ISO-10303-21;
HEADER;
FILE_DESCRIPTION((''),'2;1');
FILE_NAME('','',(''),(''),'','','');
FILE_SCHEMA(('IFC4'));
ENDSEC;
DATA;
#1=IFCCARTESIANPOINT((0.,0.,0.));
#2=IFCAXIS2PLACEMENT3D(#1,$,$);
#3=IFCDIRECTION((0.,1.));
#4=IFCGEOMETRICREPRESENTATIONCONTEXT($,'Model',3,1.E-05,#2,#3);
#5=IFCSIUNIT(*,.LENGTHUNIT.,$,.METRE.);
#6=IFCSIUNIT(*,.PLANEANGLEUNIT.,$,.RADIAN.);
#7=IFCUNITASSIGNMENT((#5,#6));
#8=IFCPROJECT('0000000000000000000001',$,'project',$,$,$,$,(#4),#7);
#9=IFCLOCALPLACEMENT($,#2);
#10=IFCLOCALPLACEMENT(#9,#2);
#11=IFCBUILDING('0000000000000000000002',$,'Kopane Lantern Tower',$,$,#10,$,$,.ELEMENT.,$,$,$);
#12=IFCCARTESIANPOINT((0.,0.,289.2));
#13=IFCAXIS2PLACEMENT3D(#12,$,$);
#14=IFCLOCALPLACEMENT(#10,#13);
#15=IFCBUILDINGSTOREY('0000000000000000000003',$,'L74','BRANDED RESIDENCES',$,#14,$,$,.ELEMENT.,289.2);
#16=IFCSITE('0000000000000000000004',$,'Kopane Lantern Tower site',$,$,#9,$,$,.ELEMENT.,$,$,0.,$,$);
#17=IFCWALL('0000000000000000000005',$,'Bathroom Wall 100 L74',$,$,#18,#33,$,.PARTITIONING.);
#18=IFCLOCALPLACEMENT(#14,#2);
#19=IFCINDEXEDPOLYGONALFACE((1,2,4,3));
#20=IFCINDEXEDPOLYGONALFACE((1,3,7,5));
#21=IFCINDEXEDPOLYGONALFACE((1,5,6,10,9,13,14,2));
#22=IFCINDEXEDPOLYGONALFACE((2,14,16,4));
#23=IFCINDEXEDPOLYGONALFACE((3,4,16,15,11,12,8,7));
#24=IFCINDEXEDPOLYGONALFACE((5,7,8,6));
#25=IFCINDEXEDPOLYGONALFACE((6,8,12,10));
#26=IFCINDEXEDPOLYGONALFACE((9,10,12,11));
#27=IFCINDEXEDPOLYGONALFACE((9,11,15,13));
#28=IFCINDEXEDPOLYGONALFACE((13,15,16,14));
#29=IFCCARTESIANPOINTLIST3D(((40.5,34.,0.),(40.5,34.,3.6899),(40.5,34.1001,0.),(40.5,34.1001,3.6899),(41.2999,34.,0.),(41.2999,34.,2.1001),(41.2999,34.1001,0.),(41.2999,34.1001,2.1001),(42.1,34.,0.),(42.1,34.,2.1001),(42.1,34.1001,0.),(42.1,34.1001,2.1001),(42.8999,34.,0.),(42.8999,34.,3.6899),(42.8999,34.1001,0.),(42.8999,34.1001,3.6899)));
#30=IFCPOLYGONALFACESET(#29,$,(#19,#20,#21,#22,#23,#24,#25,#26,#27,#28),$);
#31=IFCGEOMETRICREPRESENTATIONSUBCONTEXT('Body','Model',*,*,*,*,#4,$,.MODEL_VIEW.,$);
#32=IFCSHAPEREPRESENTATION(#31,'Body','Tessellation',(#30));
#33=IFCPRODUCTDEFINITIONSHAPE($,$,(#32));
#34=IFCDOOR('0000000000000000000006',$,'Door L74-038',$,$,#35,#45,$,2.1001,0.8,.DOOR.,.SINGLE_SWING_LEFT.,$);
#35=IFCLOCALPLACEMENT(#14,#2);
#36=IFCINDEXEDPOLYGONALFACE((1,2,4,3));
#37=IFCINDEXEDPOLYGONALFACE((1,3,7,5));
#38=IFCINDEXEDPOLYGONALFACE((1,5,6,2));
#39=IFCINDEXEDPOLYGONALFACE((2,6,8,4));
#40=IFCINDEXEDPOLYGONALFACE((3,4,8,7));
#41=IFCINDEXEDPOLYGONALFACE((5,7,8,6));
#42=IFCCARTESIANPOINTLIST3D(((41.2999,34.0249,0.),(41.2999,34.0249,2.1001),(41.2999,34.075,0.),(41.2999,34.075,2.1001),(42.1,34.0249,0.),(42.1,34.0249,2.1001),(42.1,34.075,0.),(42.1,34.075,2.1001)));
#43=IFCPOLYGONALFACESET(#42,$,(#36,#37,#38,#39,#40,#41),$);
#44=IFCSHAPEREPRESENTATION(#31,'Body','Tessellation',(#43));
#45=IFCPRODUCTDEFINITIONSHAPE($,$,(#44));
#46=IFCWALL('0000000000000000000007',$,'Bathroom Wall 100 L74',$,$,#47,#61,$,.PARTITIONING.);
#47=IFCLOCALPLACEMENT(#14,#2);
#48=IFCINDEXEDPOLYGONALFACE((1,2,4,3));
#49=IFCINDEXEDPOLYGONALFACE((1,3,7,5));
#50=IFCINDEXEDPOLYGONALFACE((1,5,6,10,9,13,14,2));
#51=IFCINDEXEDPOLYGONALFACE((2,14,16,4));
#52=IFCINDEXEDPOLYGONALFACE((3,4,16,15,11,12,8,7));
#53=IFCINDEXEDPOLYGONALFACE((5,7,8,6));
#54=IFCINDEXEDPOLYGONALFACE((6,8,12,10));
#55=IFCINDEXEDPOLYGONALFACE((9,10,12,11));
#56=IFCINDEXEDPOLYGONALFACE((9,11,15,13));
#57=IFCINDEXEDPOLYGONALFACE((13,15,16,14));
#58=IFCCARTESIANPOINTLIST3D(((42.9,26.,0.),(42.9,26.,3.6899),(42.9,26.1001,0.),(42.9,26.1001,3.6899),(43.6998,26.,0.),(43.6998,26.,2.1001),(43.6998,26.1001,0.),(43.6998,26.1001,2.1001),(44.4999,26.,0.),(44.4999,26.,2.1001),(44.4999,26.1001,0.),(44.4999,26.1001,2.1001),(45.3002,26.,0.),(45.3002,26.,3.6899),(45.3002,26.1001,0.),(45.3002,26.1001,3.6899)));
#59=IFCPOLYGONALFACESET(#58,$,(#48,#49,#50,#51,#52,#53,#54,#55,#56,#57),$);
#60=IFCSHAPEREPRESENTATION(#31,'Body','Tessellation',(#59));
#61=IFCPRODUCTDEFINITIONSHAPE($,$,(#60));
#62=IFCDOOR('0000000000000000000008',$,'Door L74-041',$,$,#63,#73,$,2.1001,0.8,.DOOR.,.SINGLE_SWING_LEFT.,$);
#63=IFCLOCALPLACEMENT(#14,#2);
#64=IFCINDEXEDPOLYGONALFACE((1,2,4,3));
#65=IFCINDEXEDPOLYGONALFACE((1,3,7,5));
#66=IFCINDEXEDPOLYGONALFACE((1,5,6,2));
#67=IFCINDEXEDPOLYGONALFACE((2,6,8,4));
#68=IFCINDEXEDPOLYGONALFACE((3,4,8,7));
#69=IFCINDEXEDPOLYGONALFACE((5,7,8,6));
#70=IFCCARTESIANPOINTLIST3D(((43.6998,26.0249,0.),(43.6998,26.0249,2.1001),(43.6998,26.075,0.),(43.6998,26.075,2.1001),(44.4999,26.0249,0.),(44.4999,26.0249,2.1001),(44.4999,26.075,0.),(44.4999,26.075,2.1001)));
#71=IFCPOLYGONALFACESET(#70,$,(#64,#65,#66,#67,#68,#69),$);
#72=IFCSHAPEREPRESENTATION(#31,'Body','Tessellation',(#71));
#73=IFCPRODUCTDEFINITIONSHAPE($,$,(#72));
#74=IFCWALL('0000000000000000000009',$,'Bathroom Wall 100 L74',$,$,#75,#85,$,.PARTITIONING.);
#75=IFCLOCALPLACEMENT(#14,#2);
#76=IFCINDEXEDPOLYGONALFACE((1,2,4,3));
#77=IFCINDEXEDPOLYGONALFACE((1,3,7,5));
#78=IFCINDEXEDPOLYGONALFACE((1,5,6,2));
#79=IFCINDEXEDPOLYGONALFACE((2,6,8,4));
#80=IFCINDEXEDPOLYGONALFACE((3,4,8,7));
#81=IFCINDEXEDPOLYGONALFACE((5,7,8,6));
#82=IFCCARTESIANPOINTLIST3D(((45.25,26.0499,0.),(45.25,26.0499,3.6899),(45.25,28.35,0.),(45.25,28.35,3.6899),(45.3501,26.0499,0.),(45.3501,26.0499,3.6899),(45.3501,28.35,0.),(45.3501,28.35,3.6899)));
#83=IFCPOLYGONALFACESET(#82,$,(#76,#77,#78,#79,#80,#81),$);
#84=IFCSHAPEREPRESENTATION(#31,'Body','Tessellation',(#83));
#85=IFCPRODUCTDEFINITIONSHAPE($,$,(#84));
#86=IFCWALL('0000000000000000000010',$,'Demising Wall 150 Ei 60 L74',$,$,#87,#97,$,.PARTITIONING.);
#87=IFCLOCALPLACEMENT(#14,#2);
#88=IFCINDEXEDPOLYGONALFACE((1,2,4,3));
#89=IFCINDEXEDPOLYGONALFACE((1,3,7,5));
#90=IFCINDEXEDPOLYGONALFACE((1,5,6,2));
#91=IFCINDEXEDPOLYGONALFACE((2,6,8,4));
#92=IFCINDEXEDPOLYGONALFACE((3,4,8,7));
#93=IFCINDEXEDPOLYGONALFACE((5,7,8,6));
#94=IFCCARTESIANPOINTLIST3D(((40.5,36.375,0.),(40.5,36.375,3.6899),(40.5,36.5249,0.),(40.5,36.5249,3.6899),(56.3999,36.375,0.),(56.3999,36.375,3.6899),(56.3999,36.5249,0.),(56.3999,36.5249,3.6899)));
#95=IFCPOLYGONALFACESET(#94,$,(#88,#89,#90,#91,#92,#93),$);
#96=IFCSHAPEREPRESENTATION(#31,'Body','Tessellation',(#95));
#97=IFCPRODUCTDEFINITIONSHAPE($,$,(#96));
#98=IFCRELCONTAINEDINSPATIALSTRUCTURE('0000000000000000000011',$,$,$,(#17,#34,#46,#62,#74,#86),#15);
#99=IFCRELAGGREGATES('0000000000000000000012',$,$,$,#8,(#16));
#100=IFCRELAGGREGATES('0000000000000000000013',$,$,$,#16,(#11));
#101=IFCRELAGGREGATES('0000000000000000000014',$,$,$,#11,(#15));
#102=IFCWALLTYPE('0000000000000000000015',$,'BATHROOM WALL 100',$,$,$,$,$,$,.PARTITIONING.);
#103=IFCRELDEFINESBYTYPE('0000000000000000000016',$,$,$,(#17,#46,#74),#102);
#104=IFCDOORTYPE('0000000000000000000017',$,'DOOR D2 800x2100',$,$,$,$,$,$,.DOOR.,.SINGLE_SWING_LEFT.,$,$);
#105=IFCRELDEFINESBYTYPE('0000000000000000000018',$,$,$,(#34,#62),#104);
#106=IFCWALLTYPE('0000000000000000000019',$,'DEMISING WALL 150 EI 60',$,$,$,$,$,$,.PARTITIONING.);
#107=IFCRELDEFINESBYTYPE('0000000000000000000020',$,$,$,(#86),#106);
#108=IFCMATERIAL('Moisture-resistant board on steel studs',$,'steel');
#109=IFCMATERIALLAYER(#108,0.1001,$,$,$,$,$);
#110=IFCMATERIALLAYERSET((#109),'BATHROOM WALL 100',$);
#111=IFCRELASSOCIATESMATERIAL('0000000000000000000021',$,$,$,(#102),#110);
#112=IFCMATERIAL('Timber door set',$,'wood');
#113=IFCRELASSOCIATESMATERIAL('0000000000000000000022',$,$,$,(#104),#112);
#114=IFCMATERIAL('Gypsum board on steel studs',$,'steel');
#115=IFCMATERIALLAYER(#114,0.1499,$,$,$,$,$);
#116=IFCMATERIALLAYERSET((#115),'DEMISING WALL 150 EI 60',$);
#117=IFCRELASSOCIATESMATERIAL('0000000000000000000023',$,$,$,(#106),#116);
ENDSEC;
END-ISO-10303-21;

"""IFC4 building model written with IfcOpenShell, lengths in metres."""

from ifc_helpers import new_model, si_unit, direction, frame, frame_2d, origin, place, context, subcontext, project, spatial, rectangle, extrude, material, layer, layer_set, type_object, element, fill, save


model = new_model("IFC4")

# Units and contexts
model_context = context("Model", 3, precision=1e-05, world=origin(), true_north=direction((0.0, 1.0)))
body_context = subcontext(model_context, "Body", "Model", "MODEL_VIEW")
ifc_project = project(units=[si_unit("LENGTHUNIT", "METRE"), si_unit("PLANEANGLEUNIT", "RADIAN")], contexts=[model_context])

# Site, building, storey
site_placement = place(None, origin())
site = spatial("IfcSite", under=ifc_project, at=site_placement, Name="Kopane Lantern Tower site", CompositionType="ELEMENT", RefElevation=0.0)
building_placement = place(site_placement, origin())
building = spatial("IfcBuilding", under=site, at=building_placement, Name="Kopane Lantern Tower", CompositionType="ELEMENT")
storey_placement = place(building_placement, frame((0.0, 0.0, 289.2)))
storey = spatial("IfcBuildingStorey", under=building, at=storey_placement, Name="L74", Description="BRANDED RESIDENCES", CompositionType="ELEMENT", Elevation=289.2)

# Walls, openings, doors
ifc_material_1 = material(Name="Moisture-resistant board on steel studs", Category="steel")
ifc_layer_1 = layer(ifc_material_1, 0.1001)
ifc_layer_set_1 = layer_set([ifc_layer_1], Name="BATHROOM WALL 100")
wall_type_1 = type_object("IfcWallType", Name="BATHROOM WALL 100", PredefinedType="PARTITIONING", material=ifc_layer_set_1)
wall_1_placement = place(storey_placement, frame((40.5, 34.05, 0.0), z_axis=(0.0, 0.0, 1.0), x_axis=(1.0, 0.0, 0.0)))
wall_1 = element("IfcWall", 1, at=wall_1_placement, inside=storey, type_object=wall_type_1, Name="Bathroom Wall 100 L74", PredefinedType="PARTITIONING", context=body_context, shape_type="SweptSolid", body=[
    extrude(rectangle(XDim=2.3999, YDim=0.1001, at=frame_2d((1.2, 0.0))), origin(), (0.0, 0.0, 1.0), 3.6899),
])
opening_1_placement = place(wall_1_placement, frame((0.8, 0.0, 0.0)))
opening_1 = element("IfcOpeningElement", 2, at=opening_1_placement, cuts=wall_1, PredefinedType="OPENING", context=body_context, shape_type="SweptSolid", body=[
    extrude(rectangle(XDim=0.8, YDim=2.1001, at=frame_2d((0.3999, 1.05))), frame((0.0, 0.0601, 0.0), z_axis=(0.0, -1.0, 0.0), x_axis=(1.0, 0.0, 0.0)), (0.0, 0.0, 1.0), 0.1201),
])
ifc_material_2 = material(Name="Timber door set", Category="wood")
door_type = type_object("IfcDoorType", Name="DOOR D2 800x2100", OperationType="SINGLE_SWING_LEFT", PredefinedType="DOOR", material=ifc_material_2)
door_1_placement = place(opening_1_placement, origin())
door_1 = element("IfcDoor", 3, at=door_1_placement, inside=storey, type_object=door_type, Name="Door L74-038", OperationType="SINGLE_SWING_LEFT", OverallHeight=2.1001, OverallWidth=0.8, PredefinedType="DOOR", context=body_context, shape_type="SweptSolid", body=[
    extrude(rectangle(XDim=0.8, YDim=2.1001, at=frame_2d((0.3999, 1.05))), frame((0.0, 0.0249, 0.0), z_axis=(0.0, -1.0, 0.0), x_axis=(1.0, 0.0, 0.0)), (0.0, 0.0, 1.0), 0.05),
])
fill(opening_1, door_1)
wall_2_placement = place(storey_placement, frame((42.8999, 26.05, 0.0), z_axis=(0.0, 0.0, 1.0), x_axis=(1.0, 0.0, 0.0)))
wall_2 = element("IfcWall", 4, at=wall_2_placement, inside=storey, type_object=wall_type_1, Name="Bathroom Wall 100 L74", PredefinedType="PARTITIONING", context=body_context, shape_type="SweptSolid", body=[
    extrude(rectangle(XDim=2.4001, YDim=0.1001, at=frame_2d((1.2002, 0.0))), origin(), (0.0, 0.0, 1.0), 3.6899),
])
opening_2_placement = place(wall_2_placement, frame((0.8, 0.0, 0.0)))
opening_2 = element("IfcOpeningElement", 5, at=opening_2_placement, cuts=wall_2, PredefinedType="OPENING", context=body_context, shape_type="SweptSolid", body=[
    extrude(rectangle(XDim=0.8, YDim=2.1001, at=frame_2d((0.3999, 1.05))), frame((0.0, 0.0601, 0.0), z_axis=(0.0, -1.0, 0.0), x_axis=(1.0, 0.0, 0.0)), (0.0, 0.0, 1.0), 0.1201),
])
door_2_placement = place(opening_2_placement, origin())
door_2 = element("IfcDoor", 6, at=door_2_placement, inside=storey, type_object=door_type, Name="Door L74-041", OperationType="SINGLE_SWING_LEFT", OverallHeight=2.1001, OverallWidth=0.8, PredefinedType="DOOR", context=body_context, shape_type="SweptSolid", body=[
    extrude(rectangle(XDim=0.8, YDim=2.1001, at=frame_2d((0.3999, 1.05))), frame((0.0, 0.0249, 0.0), z_axis=(0.0, -1.0, 0.0), x_axis=(1.0, 0.0, 0.0)), (0.0, 0.0, 1.0), 0.05),
])
fill(opening_2, door_2)

# Walls
wall_3_placement = place(storey_placement, frame((45.3, 26.05, 0.0), z_axis=(0.0, 0.0, 1.0), x_axis=(0.0, 1.0, 0.0)))
element("IfcWall", 7, at=wall_3_placement, inside=storey, type_object=wall_type_1, Name="Bathroom Wall 100 L74", PredefinedType="PARTITIONING", context=body_context, shape_type="SweptSolid", body=[
    extrude(rectangle(XDim=2.3, YDim=0.1001, at=frame_2d((1.1499, 0.0))), origin(), (0.0, 0.0, 1.0), 3.6899),
])
ifc_material_3 = material(Name="Gypsum board on steel studs", Category="steel")
ifc_layer_2 = layer(ifc_material_3, 0.1499)
ifc_layer_set_2 = layer_set([ifc_layer_2], Name="DEMISING WALL 150 EI 60")
wall_type_2 = type_object("IfcWallType", Name="DEMISING WALL 150 EI 60", PredefinedType="PARTITIONING", material=ifc_layer_set_2)
wall_4_placement = place(storey_placement, frame((40.5, 36.45, 0.0), z_axis=(0.0, 0.0, 1.0), x_axis=(1.0, 0.0, 0.0)))
element("IfcWall", 8, at=wall_4_placement, inside=storey, type_object=wall_type_2, Name="Demising Wall 150 Ei 60 L74", PredefinedType="PARTITIONING", context=body_context, shape_type="SweptSolid", body=[
    extrude(rectangle(XDim=15.8999, YDim=0.1499, at=frame_2d((7.95, 0.0))), origin(), (0.0, 0.0, 1.0), 3.6899),
])

save(model, "model.ifc")
